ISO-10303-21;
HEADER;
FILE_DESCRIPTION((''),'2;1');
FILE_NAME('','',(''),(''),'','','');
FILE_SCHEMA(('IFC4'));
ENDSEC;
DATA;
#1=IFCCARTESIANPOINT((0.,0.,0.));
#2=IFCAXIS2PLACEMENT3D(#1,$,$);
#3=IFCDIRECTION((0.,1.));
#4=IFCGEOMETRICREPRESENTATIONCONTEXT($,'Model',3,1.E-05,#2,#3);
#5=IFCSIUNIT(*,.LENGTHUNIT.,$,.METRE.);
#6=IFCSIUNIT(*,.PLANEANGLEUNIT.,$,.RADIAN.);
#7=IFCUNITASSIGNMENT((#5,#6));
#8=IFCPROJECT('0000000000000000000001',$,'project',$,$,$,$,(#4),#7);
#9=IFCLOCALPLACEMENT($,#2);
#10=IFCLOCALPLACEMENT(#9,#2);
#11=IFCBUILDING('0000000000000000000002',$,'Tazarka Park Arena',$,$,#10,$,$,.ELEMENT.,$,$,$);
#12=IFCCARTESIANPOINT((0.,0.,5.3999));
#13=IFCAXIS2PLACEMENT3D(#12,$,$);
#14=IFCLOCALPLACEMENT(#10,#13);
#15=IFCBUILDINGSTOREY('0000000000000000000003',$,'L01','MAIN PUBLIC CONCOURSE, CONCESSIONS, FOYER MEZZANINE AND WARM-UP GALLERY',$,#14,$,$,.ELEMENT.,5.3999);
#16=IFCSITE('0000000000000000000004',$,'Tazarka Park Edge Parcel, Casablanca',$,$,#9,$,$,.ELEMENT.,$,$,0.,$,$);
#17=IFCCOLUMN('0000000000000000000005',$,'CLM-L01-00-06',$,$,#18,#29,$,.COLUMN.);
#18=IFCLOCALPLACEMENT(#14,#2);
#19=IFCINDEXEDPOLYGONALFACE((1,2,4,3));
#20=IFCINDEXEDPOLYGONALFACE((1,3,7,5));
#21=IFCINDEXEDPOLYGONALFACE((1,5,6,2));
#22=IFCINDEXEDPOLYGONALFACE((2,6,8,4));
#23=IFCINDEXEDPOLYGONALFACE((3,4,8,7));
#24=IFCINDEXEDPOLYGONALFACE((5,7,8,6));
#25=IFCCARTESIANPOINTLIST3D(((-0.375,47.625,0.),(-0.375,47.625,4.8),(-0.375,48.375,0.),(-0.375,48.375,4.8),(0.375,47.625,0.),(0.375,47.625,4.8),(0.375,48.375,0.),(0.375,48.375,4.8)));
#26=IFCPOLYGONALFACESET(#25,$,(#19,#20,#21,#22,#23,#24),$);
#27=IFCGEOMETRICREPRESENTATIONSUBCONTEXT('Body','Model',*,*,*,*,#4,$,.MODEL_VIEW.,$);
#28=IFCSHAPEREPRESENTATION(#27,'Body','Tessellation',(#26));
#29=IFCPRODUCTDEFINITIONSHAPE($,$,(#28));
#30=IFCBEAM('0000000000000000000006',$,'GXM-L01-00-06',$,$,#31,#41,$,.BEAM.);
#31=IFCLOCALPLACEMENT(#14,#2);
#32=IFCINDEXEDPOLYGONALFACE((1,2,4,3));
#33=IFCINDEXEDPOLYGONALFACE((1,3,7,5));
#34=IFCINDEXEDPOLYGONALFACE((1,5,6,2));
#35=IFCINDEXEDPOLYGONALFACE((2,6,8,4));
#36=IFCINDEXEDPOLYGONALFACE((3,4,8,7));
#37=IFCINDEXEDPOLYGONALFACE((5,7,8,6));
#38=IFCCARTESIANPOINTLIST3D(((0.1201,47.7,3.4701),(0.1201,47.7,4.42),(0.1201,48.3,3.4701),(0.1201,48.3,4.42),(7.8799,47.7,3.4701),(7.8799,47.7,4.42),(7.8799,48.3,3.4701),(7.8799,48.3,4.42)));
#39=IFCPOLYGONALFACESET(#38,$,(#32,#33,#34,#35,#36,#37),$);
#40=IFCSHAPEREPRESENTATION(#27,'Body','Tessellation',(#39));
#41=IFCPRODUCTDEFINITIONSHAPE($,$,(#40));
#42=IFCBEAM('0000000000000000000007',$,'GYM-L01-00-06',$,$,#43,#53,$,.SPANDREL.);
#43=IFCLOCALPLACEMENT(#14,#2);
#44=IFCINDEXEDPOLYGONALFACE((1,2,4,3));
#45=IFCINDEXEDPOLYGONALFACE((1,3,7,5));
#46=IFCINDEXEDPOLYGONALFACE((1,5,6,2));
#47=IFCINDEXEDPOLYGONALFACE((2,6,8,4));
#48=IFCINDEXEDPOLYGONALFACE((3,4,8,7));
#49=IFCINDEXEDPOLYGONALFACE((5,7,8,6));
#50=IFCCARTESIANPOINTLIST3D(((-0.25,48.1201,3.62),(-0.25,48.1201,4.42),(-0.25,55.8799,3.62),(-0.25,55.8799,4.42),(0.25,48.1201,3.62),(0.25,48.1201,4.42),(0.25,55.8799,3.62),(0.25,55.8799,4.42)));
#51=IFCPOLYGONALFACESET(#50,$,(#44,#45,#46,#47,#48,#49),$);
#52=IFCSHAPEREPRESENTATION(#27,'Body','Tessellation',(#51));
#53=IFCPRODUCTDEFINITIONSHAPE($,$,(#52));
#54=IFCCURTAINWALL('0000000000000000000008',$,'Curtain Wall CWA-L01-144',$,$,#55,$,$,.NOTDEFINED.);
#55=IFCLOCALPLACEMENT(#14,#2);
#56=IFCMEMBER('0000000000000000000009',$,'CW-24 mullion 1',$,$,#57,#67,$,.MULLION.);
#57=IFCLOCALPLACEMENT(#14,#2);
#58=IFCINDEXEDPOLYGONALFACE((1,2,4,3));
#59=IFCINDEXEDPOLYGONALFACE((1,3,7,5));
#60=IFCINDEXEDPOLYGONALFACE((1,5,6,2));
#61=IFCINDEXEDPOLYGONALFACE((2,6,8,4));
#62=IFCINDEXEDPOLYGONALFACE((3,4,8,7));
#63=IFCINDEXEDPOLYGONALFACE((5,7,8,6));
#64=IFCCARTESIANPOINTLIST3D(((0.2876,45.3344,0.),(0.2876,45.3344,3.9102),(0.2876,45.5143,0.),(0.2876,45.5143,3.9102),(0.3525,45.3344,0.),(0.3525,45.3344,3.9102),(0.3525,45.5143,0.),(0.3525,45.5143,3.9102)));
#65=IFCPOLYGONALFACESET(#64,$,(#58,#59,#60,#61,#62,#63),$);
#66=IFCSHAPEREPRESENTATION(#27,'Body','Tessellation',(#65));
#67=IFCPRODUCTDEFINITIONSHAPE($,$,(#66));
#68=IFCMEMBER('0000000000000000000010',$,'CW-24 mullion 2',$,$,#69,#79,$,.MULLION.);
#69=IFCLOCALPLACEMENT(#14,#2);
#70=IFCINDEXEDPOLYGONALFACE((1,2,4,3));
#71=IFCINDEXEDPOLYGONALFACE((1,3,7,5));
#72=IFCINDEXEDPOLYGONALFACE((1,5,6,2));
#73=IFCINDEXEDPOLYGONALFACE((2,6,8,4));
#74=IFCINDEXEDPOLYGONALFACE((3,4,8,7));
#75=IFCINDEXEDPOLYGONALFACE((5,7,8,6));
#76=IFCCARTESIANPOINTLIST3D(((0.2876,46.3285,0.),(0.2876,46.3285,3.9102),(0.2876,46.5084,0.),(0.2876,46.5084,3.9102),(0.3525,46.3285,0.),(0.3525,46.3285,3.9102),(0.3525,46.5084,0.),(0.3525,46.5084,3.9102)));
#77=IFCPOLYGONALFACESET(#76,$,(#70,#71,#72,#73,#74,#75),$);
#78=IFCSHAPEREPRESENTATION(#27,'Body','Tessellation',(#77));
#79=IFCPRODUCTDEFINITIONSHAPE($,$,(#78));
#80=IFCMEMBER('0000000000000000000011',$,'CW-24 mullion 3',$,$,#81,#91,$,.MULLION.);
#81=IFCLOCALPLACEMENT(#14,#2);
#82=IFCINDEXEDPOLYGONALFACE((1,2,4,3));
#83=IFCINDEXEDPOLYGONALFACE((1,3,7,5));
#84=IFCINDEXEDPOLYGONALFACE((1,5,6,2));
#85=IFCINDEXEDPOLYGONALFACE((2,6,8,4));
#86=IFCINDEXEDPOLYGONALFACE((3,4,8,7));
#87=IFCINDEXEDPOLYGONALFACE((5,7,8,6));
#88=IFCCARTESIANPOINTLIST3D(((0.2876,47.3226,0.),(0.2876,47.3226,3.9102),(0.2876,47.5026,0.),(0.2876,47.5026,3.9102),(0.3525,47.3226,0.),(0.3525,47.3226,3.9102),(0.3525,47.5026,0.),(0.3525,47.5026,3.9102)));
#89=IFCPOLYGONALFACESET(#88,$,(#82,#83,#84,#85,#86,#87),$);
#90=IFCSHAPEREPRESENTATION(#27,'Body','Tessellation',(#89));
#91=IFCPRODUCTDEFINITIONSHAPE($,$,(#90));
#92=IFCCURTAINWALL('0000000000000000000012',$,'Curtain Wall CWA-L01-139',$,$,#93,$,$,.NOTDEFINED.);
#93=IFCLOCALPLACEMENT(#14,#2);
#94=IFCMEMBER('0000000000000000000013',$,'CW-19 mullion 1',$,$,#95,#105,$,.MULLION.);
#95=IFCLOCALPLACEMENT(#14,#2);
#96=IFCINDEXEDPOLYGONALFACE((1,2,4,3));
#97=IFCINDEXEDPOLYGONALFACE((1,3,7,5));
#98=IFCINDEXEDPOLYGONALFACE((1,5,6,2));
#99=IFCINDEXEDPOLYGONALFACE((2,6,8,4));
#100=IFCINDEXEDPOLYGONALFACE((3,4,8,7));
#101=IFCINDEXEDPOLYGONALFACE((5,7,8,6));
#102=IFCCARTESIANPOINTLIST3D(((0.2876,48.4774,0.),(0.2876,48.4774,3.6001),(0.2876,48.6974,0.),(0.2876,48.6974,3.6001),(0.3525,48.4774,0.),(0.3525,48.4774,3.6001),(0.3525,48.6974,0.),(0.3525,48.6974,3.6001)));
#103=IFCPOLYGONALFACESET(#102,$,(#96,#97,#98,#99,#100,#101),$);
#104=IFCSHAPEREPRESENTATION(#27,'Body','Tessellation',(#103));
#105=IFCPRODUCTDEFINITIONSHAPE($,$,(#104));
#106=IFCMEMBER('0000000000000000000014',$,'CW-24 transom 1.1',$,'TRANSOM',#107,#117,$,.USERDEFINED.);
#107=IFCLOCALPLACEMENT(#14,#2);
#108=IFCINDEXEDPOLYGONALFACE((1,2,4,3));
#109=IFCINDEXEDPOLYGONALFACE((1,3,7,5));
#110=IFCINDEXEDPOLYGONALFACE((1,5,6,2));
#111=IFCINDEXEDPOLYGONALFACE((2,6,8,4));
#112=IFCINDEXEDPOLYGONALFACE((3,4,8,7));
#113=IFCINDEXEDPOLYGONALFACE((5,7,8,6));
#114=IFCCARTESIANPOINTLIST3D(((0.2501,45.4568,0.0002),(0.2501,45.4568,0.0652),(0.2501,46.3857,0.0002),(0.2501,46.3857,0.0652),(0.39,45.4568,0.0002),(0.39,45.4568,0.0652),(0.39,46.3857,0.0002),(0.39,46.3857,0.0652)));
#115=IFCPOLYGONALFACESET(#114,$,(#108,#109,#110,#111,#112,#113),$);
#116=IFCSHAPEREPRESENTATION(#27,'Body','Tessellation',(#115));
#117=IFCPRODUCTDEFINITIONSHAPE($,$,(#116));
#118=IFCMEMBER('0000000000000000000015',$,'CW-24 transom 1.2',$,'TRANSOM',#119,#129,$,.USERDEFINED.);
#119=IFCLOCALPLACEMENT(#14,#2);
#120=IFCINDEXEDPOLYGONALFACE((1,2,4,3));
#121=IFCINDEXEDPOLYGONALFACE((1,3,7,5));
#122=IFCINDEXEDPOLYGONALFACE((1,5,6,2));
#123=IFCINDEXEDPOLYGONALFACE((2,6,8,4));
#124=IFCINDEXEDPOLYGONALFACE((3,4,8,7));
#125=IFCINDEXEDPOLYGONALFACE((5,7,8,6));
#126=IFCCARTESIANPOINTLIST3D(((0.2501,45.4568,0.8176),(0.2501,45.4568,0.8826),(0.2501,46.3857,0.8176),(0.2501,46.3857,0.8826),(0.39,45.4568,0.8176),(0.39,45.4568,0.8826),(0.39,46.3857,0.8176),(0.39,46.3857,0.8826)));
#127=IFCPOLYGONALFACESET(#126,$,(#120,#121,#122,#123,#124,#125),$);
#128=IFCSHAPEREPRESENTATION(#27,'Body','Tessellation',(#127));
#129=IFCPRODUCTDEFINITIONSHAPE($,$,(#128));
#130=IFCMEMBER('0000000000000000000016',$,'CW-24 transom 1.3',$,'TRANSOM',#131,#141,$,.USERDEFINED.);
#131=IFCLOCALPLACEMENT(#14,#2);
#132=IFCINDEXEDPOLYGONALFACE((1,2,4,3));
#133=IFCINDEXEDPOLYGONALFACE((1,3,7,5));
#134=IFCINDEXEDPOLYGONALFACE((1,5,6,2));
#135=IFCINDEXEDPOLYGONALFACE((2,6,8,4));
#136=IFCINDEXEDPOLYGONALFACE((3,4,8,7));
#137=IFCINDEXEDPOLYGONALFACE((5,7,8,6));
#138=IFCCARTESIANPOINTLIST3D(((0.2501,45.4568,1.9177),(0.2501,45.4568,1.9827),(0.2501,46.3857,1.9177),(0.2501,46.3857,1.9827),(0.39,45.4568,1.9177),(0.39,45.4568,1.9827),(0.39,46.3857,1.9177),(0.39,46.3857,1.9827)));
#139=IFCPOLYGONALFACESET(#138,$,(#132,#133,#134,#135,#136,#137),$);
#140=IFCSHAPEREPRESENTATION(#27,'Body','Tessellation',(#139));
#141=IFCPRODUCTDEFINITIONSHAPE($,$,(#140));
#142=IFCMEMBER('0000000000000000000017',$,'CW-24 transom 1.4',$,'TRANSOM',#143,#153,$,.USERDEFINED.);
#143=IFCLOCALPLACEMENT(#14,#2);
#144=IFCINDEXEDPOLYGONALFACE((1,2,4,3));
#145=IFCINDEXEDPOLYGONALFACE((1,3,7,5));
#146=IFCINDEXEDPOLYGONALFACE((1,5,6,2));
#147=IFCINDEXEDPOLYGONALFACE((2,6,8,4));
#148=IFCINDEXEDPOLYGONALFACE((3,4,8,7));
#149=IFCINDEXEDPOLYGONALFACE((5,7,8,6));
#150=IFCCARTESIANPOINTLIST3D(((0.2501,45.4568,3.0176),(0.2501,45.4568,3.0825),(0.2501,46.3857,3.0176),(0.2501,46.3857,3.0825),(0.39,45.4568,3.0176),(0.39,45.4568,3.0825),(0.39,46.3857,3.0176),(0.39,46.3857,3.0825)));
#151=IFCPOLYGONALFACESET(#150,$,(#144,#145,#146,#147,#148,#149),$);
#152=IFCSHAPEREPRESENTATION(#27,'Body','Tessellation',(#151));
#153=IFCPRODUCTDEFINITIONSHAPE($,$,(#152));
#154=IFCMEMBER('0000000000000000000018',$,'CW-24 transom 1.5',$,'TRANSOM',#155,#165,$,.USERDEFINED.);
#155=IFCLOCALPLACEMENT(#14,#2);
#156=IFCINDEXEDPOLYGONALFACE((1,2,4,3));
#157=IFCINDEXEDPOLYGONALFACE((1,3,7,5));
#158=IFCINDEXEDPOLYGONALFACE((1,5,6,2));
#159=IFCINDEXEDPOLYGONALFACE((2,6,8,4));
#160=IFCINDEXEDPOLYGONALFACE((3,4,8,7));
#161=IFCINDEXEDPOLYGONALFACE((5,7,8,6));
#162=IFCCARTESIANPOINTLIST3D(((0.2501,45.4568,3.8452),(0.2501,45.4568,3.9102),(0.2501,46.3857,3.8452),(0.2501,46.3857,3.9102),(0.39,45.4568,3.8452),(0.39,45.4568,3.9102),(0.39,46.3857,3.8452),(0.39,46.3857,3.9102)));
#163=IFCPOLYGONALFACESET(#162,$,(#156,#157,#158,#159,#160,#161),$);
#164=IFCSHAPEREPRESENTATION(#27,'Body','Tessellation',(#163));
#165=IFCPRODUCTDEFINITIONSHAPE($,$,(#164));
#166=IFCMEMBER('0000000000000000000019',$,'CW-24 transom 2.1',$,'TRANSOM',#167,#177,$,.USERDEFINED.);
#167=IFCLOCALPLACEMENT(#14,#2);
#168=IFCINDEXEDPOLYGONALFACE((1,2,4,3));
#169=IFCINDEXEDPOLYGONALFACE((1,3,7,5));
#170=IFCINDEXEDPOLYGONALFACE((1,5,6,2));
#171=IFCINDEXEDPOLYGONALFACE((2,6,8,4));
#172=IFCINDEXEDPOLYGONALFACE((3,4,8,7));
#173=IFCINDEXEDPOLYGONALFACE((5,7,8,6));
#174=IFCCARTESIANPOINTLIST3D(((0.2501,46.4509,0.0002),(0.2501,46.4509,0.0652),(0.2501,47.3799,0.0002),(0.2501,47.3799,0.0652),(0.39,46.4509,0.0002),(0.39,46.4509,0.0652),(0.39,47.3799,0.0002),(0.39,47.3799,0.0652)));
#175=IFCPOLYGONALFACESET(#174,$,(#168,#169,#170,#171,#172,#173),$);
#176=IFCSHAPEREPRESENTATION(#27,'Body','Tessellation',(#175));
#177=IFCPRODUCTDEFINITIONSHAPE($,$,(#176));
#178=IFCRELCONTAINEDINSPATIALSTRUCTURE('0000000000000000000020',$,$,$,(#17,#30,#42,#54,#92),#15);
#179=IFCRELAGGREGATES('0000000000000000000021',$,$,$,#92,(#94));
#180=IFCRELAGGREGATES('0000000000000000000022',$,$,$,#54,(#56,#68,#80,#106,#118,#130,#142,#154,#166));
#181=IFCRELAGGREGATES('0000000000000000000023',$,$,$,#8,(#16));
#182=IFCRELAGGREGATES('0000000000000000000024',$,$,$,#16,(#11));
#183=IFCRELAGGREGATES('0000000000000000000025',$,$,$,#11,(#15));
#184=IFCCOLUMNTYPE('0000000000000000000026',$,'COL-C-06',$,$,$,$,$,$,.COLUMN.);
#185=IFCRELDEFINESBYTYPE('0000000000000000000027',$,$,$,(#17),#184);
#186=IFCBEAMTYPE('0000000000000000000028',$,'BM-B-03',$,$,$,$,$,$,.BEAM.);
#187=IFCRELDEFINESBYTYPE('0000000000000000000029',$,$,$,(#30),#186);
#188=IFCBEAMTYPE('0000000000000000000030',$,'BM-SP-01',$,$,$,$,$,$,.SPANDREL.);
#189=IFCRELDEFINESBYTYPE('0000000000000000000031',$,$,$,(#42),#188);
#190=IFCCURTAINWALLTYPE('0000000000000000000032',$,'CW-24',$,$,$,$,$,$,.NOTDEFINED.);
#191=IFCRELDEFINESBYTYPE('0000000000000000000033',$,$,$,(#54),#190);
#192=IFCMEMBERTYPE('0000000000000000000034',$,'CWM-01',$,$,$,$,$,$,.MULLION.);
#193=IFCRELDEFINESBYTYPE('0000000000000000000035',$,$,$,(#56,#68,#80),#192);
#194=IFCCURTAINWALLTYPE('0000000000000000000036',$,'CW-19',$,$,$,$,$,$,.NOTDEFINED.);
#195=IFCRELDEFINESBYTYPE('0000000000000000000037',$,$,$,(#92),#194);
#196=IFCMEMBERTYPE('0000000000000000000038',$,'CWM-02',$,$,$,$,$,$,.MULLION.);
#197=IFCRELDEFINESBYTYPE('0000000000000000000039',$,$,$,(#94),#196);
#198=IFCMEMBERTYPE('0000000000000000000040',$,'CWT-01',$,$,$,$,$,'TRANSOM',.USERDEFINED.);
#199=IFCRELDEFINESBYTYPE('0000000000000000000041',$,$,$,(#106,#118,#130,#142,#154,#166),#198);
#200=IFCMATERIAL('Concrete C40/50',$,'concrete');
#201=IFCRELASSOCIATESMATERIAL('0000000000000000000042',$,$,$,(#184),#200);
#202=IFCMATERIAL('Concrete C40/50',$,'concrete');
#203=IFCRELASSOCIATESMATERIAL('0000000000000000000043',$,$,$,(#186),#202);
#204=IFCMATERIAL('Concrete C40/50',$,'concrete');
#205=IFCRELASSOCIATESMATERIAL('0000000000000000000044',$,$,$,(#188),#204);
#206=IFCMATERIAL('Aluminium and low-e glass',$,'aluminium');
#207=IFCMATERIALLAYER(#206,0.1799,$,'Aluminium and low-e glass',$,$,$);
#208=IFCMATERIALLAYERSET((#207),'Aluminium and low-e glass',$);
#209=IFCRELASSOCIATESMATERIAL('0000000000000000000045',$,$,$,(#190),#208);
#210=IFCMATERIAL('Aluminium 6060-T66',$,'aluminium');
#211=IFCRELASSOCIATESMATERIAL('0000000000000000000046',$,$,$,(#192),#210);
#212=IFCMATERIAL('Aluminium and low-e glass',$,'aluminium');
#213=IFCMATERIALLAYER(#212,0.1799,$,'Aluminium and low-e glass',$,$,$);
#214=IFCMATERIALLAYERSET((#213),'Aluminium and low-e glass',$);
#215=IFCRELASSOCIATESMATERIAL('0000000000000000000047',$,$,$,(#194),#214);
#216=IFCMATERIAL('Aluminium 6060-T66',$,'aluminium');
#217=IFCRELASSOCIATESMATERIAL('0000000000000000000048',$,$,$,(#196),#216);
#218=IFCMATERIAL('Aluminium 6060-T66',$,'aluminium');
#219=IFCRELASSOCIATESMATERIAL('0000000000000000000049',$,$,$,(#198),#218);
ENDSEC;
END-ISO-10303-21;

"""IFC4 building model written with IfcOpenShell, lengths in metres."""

from ifc_helpers import new_model, si_unit, direction, frame, origin, origin_2d, place, context, subcontext, project, spatial, rectangle, extrude, material, layer, layer_set, material_profile, profile_set, type_object, element, aggregate, save


model = new_model("IFC4")

# Units and contexts
model_context = context("Model", 3, precision=1e-05, world=origin(), true_north=direction((0.0, 1.0)))
body_context = subcontext(model_context, "Body", "Model", "MODEL_VIEW")
ifc_project = project(units=[si_unit("LENGTHUNIT", "METRE"), si_unit("PLANEANGLEUNIT", "RADIAN")], contexts=[model_context])

# Site, building, storey
site_placement = place(None, origin())
site = spatial("IfcSite", under=ifc_project, at=site_placement, Name="Tazarka Park Edge Parcel, Casablanca", CompositionType="ELEMENT", RefElevation=0.0)
building_placement = place(site_placement, origin())
building = spatial("IfcBuilding", under=site, at=building_placement, Name="Tazarka Park Arena", CompositionType="ELEMENT")
storey_placement = place(building_placement, frame((0.0, 0.0, 5.3999)))
storey = spatial("IfcBuildingStorey", under=building, at=storey_placement, Name="L01", Description="MAIN PUBLIC CONCOURSE, CONCESSIONS, FOYER MEZZANINE AND WARM-UP GALLERY", CompositionType="ELEMENT", Elevation=5.3999)

# Column
ifc_material_1 = material(Name="Concrete C40/50", Category="concrete")
ifc_material_profile_1 = material_profile(ifc_material_1, rectangle(XDim=0.75, YDim=0.75, at=origin_2d()), Name="Concrete C40/50")
ifc_profile_set_1 = profile_set([ifc_material_profile_1], Name="Concrete C40/50")
column_type = type_object("IfcColumnType", Name="COL-C-06", PredefinedType="COLUMN", material=ifc_profile_set_1)
column_placement = place(storey_placement, frame((0.0, 48.0, 0.0), z_axis=(0.0, 0.0, 1.0), x_axis=(1.0, 0.0, 0.0)))
element("IfcColumn", 1, at=column_placement, inside=storey, type_object=column_type, Name="CLM-L01-00-06", PredefinedType="COLUMN", context=body_context, shape_type="SweptSolid", body=[
    extrude(rectangle(XDim=0.75, YDim=0.75, at=origin_2d()), origin(), (0.0, 0.0, 1.0), 4.8),
])

# Beams
ifc_material_2 = material(Name="Concrete C40/50", Category="concrete")
ifc_material_profile_2 = material_profile(ifc_material_2, rectangle(XDim=0.6001, YDim=0.95, at=origin_2d()), Name="Concrete C40/50")
ifc_profile_set_2 = profile_set([ifc_material_profile_2], Name="Concrete C40/50")
beam_type_1 = type_object("IfcBeamType", Name="BM-B-03", PredefinedType="BEAM", material=ifc_profile_set_2)
beam_1_placement = place(storey_placement, frame((0.1201, 48.0, 3.9451), z_axis=(1.0, 0.0, 0.0), x_axis=(0.0, 1.0, 0.0)))
element("IfcBeam", 2, at=beam_1_placement, inside=storey, type_object=beam_type_1, Name="GXM-L01-00-06", PredefinedType="BEAM", context=body_context, shape_type="SweptSolid", body=[
    extrude(rectangle(XDim=0.6001, YDim=0.95, at=origin_2d()), origin(), (0.0, 0.0, 1.0), 7.7598),
])
ifc_material_3 = material(Name="Concrete C40/50", Category="concrete")
ifc_material_profile_3 = material_profile(ifc_material_3, rectangle(XDim=0.5, YDim=0.8, at=origin_2d()), Name="Concrete C40/50")
ifc_profile_set_3 = profile_set([ifc_material_profile_3], Name="Concrete C40/50")
beam_type_2 = type_object("IfcBeamType", Name="BM-SP-01", PredefinedType="SPANDREL", material=ifc_profile_set_3)
beam_2_placement = place(storey_placement, frame((0.0, 48.1201, 4.02), z_axis=(0.0, 1.0, 0.0), x_axis=(-1.0, 0.0, 0.0)))
element("IfcBeam", 3, at=beam_2_placement, inside=storey, type_object=beam_type_2, Name="GYM-L01-00-06", PredefinedType="SPANDREL", context=body_context, shape_type="SweptSolid", body=[
    extrude(rectangle(XDim=0.5, YDim=0.8, at=origin_2d()), origin(), (0.0, 0.0, 1.0), 7.7598),
])

# Curtain wall, members
ifc_material_4 = material(Name="Aluminium and low-e glass", Category="aluminium")
ifc_layer_1 = layer(ifc_material_4, 0.1799, Name="Aluminium and low-e glass")
ifc_layer_set_1 = layer_set([ifc_layer_1], Name="Aluminium and low-e glass")
curtain_wall_type_1 = type_object("IfcCurtainWallType", Name="CW-24", PredefinedType="NOTDEFINED", material=ifc_layer_set_1)
curtain_wall_1_placement = place(storey_placement, origin())
curtain_wall_1 = element("IfcCurtainWall", 4, at=curtain_wall_1_placement, inside=storey, type_object=curtain_wall_type_1, Name="Curtain Wall CWA-L01-144", PredefinedType="NOTDEFINED")
ifc_material_5 = material(Name="Aluminium 6060-T66", Category="aluminium")
ifc_material_profile_4 = material_profile(ifc_material_5, rectangle(XDim=0.0649, YDim=0.1799, at=origin_2d()), Name="Aluminium 6060-T66")
ifc_profile_set_4 = profile_set([ifc_material_profile_4], Name="Aluminium 6060-T66")
member_type_1 = type_object("IfcMemberType", Name="CWM-01", PredefinedType="MULLION", material=ifc_profile_set_4)
member_1_placement = place(storey_placement, frame((0.3201, 45.4243, 0.0), z_axis=(0.0, 0.0, 1.0), x_axis=(-1.0, 0.0, 0.0)))
member_1 = element("IfcMember", 5, at=member_1_placement, type_object=member_type_1, Name="CW-24 mullion 1", PredefinedType="MULLION", context=body_context, shape_type="SweptSolid", body=[
    extrude(rectangle(XDim=0.0649, YDim=0.1799, at=origin_2d()), origin(), (0.0, 0.0, 1.0), 3.9102),
])
member_2_placement = place(storey_placement, frame((0.3201, 46.4185, 0.0), z_axis=(0.0, 0.0, 1.0), x_axis=(-1.0, 0.0, 0.0)))
member_2 = element("IfcMember", 6, at=member_2_placement, type_object=member_type_1, Name="CW-24 mullion 2", PredefinedType="MULLION", context=body_context, shape_type="SweptSolid", body=[
    extrude(rectangle(XDim=0.0649, YDim=0.1799, at=origin_2d()), origin(), (0.0, 0.0, 1.0), 3.9102),
])
member_3_placement = place(storey_placement, frame((0.3201, 47.4126, 0.0), z_axis=(0.0, 0.0, 1.0), x_axis=(-1.0, 0.0, 0.0)))
member_3 = element("IfcMember", 7, at=member_3_placement, type_object=member_type_1, Name="CW-24 mullion 3", PredefinedType="MULLION", context=body_context, shape_type="SweptSolid", body=[
    extrude(rectangle(XDim=0.0649, YDim=0.1799, at=origin_2d()), origin(), (0.0, 0.0, 1.0), 3.9102),
])

# Curtain wall, member
ifc_material_6 = material(Name="Aluminium and low-e glass", Category="aluminium")
ifc_layer_2 = layer(ifc_material_6, 0.1799, Name="Aluminium and low-e glass")
ifc_layer_set_2 = layer_set([ifc_layer_2], Name="Aluminium and low-e glass")
curtain_wall_type_2 = type_object("IfcCurtainWallType", Name="CW-19", PredefinedType="NOTDEFINED", material=ifc_layer_set_2)
curtain_wall_2_placement = place(storey_placement, origin())
curtain_wall_2 = element("IfcCurtainWall", 8, at=curtain_wall_2_placement, inside=storey, type_object=curtain_wall_type_2, Name="Curtain Wall CWA-L01-139", PredefinedType="NOTDEFINED")
ifc_material_7 = material(Name="Aluminium 6060-T66", Category="aluminium")
ifc_material_profile_5 = material_profile(ifc_material_7, rectangle(XDim=0.0649, YDim=0.22, at=origin_2d()), Name="Aluminium 6060-T66")
ifc_profile_set_5 = profile_set([ifc_material_profile_5], Name="Aluminium 6060-T66")
member_type_2 = type_object("IfcMemberType", Name="CWM-02", PredefinedType="MULLION", material=ifc_profile_set_5)
member_4_placement = place(storey_placement, frame((0.3201, 48.5874, 0.0), z_axis=(0.0, 0.0, 1.0), x_axis=(-1.0, 0.0, 0.0)))
member_4 = element("IfcMember", 9, at=member_4_placement, type_object=member_type_2, Name="CW-19 mullion 1", PredefinedType="MULLION", context=body_context, shape_type="SweptSolid", body=[
    extrude(rectangle(XDim=0.0649, YDim=0.22, at=origin_2d()), origin(), (0.0, 0.0, 1.0), 3.6001),
])

# Members
ifc_material_8 = material(Name="Aluminium 6060-T66", Category="aluminium")
ifc_material_profile_6 = material_profile(ifc_material_8, rectangle(XDim=0.1399, YDim=0.0649, at=origin_2d()), Name="Aluminium 6060-T66")
ifc_profile_set_6 = profile_set([ifc_material_profile_6], Name="Aluminium 6060-T66")
member_type_3 = type_object("IfcMemberType", Name="CWT-01", ElementType="TRANSOM", PredefinedType="USERDEFINED", material=ifc_profile_set_6)
member_5_placement = place(storey_placement, frame((0.3201, 45.4568, 0.0327), z_axis=(0.0, 1.0, 0.0), x_axis=(-1.0, 0.0, 0.0)))
member_5 = element("IfcMember", 10, at=member_5_placement, type_object=member_type_3, Name="CW-24 transom 1.1", ObjectType="TRANSOM", PredefinedType="USERDEFINED", context=body_context, shape_type="SweptSolid", body=[
    extrude(rectangle(XDim=0.1399, YDim=0.0649, at=origin_2d()), origin(), (0.0, 0.0, 1.0), 0.929),
])
member_6_placement = place(storey_placement, frame((0.3201, 45.4568, 0.8501), z_axis=(0.0, 1.0, 0.0), x_axis=(-1.0, 0.0, 0.0)))
member_6 = element("IfcMember", 11, at=member_6_placement, type_object=member_type_3, Name="CW-24 transom 1.2", ObjectType="TRANSOM", PredefinedType="USERDEFINED", context=body_context, shape_type="SweptSolid", body=[
    extrude(rectangle(XDim=0.1399, YDim=0.0649, at=origin_2d()), origin(), (0.0, 0.0, 1.0), 0.929),
])
member_7_placement = place(storey_placement, frame((0.3201, 45.4568, 1.9502), z_axis=(0.0, 1.0, 0.0), x_axis=(-1.0, 0.0, 0.0)))
member_7 = element("IfcMember", 12, at=member_7_placement, type_object=member_type_3, Name="CW-24 transom 1.3", ObjectType="TRANSOM", PredefinedType="USERDEFINED", context=body_context, shape_type="SweptSolid", body=[
    extrude(rectangle(XDim=0.1399, YDim=0.0649, at=origin_2d()), origin(), (0.0, 0.0, 1.0), 0.929),
])
member_8_placement = place(storey_placement, frame((0.3201, 45.4568, 3.05), z_axis=(0.0, 1.0, 0.0), x_axis=(-1.0, 0.0, 0.0)))
member_8 = element("IfcMember", 13, at=member_8_placement, type_object=member_type_3, Name="CW-24 transom 1.4", ObjectType="TRANSOM", PredefinedType="USERDEFINED", context=body_context, shape_type="SweptSolid", body=[
    extrude(rectangle(XDim=0.1399, YDim=0.0649, at=origin_2d()), origin(), (0.0, 0.0, 1.0), 0.929),
])
member_9_placement = place(storey_placement, frame((0.3201, 45.4568, 3.8777), z_axis=(0.0, 1.0, 0.0), x_axis=(-1.0, 0.0, 0.0)))
member_9 = element("IfcMember", 14, at=member_9_placement, type_object=member_type_3, Name="CW-24 transom 1.5", ObjectType="TRANSOM", PredefinedType="USERDEFINED", context=body_context, shape_type="SweptSolid", body=[
    extrude(rectangle(XDim=0.1399, YDim=0.0649, at=origin_2d()), origin(), (0.0, 0.0, 1.0), 0.929),
])
member_10_placement = place(storey_placement, frame((0.3201, 46.4509, 0.0327), z_axis=(0.0, 1.0, 0.0), x_axis=(-1.0, 0.0, 0.0)))
member_10 = element("IfcMember", 15, at=member_10_placement, type_object=member_type_3, Name="CW-24 transom 2.1", ObjectType="TRANSOM", PredefinedType="USERDEFINED", context=body_context, shape_type="SweptSolid", body=[
    extrude(rectangle(XDim=0.1399, YDim=0.0649, at=origin_2d()), origin(), (0.0, 0.0, 1.0), 0.929),
])
aggregate(curtain_wall_2, [member_4])

aggregate(curtain_wall_1, [member_1, member_2, member_3, member_5, member_6, member_7, member_8, member_9, member_10])

save(model, "model.ifc")
